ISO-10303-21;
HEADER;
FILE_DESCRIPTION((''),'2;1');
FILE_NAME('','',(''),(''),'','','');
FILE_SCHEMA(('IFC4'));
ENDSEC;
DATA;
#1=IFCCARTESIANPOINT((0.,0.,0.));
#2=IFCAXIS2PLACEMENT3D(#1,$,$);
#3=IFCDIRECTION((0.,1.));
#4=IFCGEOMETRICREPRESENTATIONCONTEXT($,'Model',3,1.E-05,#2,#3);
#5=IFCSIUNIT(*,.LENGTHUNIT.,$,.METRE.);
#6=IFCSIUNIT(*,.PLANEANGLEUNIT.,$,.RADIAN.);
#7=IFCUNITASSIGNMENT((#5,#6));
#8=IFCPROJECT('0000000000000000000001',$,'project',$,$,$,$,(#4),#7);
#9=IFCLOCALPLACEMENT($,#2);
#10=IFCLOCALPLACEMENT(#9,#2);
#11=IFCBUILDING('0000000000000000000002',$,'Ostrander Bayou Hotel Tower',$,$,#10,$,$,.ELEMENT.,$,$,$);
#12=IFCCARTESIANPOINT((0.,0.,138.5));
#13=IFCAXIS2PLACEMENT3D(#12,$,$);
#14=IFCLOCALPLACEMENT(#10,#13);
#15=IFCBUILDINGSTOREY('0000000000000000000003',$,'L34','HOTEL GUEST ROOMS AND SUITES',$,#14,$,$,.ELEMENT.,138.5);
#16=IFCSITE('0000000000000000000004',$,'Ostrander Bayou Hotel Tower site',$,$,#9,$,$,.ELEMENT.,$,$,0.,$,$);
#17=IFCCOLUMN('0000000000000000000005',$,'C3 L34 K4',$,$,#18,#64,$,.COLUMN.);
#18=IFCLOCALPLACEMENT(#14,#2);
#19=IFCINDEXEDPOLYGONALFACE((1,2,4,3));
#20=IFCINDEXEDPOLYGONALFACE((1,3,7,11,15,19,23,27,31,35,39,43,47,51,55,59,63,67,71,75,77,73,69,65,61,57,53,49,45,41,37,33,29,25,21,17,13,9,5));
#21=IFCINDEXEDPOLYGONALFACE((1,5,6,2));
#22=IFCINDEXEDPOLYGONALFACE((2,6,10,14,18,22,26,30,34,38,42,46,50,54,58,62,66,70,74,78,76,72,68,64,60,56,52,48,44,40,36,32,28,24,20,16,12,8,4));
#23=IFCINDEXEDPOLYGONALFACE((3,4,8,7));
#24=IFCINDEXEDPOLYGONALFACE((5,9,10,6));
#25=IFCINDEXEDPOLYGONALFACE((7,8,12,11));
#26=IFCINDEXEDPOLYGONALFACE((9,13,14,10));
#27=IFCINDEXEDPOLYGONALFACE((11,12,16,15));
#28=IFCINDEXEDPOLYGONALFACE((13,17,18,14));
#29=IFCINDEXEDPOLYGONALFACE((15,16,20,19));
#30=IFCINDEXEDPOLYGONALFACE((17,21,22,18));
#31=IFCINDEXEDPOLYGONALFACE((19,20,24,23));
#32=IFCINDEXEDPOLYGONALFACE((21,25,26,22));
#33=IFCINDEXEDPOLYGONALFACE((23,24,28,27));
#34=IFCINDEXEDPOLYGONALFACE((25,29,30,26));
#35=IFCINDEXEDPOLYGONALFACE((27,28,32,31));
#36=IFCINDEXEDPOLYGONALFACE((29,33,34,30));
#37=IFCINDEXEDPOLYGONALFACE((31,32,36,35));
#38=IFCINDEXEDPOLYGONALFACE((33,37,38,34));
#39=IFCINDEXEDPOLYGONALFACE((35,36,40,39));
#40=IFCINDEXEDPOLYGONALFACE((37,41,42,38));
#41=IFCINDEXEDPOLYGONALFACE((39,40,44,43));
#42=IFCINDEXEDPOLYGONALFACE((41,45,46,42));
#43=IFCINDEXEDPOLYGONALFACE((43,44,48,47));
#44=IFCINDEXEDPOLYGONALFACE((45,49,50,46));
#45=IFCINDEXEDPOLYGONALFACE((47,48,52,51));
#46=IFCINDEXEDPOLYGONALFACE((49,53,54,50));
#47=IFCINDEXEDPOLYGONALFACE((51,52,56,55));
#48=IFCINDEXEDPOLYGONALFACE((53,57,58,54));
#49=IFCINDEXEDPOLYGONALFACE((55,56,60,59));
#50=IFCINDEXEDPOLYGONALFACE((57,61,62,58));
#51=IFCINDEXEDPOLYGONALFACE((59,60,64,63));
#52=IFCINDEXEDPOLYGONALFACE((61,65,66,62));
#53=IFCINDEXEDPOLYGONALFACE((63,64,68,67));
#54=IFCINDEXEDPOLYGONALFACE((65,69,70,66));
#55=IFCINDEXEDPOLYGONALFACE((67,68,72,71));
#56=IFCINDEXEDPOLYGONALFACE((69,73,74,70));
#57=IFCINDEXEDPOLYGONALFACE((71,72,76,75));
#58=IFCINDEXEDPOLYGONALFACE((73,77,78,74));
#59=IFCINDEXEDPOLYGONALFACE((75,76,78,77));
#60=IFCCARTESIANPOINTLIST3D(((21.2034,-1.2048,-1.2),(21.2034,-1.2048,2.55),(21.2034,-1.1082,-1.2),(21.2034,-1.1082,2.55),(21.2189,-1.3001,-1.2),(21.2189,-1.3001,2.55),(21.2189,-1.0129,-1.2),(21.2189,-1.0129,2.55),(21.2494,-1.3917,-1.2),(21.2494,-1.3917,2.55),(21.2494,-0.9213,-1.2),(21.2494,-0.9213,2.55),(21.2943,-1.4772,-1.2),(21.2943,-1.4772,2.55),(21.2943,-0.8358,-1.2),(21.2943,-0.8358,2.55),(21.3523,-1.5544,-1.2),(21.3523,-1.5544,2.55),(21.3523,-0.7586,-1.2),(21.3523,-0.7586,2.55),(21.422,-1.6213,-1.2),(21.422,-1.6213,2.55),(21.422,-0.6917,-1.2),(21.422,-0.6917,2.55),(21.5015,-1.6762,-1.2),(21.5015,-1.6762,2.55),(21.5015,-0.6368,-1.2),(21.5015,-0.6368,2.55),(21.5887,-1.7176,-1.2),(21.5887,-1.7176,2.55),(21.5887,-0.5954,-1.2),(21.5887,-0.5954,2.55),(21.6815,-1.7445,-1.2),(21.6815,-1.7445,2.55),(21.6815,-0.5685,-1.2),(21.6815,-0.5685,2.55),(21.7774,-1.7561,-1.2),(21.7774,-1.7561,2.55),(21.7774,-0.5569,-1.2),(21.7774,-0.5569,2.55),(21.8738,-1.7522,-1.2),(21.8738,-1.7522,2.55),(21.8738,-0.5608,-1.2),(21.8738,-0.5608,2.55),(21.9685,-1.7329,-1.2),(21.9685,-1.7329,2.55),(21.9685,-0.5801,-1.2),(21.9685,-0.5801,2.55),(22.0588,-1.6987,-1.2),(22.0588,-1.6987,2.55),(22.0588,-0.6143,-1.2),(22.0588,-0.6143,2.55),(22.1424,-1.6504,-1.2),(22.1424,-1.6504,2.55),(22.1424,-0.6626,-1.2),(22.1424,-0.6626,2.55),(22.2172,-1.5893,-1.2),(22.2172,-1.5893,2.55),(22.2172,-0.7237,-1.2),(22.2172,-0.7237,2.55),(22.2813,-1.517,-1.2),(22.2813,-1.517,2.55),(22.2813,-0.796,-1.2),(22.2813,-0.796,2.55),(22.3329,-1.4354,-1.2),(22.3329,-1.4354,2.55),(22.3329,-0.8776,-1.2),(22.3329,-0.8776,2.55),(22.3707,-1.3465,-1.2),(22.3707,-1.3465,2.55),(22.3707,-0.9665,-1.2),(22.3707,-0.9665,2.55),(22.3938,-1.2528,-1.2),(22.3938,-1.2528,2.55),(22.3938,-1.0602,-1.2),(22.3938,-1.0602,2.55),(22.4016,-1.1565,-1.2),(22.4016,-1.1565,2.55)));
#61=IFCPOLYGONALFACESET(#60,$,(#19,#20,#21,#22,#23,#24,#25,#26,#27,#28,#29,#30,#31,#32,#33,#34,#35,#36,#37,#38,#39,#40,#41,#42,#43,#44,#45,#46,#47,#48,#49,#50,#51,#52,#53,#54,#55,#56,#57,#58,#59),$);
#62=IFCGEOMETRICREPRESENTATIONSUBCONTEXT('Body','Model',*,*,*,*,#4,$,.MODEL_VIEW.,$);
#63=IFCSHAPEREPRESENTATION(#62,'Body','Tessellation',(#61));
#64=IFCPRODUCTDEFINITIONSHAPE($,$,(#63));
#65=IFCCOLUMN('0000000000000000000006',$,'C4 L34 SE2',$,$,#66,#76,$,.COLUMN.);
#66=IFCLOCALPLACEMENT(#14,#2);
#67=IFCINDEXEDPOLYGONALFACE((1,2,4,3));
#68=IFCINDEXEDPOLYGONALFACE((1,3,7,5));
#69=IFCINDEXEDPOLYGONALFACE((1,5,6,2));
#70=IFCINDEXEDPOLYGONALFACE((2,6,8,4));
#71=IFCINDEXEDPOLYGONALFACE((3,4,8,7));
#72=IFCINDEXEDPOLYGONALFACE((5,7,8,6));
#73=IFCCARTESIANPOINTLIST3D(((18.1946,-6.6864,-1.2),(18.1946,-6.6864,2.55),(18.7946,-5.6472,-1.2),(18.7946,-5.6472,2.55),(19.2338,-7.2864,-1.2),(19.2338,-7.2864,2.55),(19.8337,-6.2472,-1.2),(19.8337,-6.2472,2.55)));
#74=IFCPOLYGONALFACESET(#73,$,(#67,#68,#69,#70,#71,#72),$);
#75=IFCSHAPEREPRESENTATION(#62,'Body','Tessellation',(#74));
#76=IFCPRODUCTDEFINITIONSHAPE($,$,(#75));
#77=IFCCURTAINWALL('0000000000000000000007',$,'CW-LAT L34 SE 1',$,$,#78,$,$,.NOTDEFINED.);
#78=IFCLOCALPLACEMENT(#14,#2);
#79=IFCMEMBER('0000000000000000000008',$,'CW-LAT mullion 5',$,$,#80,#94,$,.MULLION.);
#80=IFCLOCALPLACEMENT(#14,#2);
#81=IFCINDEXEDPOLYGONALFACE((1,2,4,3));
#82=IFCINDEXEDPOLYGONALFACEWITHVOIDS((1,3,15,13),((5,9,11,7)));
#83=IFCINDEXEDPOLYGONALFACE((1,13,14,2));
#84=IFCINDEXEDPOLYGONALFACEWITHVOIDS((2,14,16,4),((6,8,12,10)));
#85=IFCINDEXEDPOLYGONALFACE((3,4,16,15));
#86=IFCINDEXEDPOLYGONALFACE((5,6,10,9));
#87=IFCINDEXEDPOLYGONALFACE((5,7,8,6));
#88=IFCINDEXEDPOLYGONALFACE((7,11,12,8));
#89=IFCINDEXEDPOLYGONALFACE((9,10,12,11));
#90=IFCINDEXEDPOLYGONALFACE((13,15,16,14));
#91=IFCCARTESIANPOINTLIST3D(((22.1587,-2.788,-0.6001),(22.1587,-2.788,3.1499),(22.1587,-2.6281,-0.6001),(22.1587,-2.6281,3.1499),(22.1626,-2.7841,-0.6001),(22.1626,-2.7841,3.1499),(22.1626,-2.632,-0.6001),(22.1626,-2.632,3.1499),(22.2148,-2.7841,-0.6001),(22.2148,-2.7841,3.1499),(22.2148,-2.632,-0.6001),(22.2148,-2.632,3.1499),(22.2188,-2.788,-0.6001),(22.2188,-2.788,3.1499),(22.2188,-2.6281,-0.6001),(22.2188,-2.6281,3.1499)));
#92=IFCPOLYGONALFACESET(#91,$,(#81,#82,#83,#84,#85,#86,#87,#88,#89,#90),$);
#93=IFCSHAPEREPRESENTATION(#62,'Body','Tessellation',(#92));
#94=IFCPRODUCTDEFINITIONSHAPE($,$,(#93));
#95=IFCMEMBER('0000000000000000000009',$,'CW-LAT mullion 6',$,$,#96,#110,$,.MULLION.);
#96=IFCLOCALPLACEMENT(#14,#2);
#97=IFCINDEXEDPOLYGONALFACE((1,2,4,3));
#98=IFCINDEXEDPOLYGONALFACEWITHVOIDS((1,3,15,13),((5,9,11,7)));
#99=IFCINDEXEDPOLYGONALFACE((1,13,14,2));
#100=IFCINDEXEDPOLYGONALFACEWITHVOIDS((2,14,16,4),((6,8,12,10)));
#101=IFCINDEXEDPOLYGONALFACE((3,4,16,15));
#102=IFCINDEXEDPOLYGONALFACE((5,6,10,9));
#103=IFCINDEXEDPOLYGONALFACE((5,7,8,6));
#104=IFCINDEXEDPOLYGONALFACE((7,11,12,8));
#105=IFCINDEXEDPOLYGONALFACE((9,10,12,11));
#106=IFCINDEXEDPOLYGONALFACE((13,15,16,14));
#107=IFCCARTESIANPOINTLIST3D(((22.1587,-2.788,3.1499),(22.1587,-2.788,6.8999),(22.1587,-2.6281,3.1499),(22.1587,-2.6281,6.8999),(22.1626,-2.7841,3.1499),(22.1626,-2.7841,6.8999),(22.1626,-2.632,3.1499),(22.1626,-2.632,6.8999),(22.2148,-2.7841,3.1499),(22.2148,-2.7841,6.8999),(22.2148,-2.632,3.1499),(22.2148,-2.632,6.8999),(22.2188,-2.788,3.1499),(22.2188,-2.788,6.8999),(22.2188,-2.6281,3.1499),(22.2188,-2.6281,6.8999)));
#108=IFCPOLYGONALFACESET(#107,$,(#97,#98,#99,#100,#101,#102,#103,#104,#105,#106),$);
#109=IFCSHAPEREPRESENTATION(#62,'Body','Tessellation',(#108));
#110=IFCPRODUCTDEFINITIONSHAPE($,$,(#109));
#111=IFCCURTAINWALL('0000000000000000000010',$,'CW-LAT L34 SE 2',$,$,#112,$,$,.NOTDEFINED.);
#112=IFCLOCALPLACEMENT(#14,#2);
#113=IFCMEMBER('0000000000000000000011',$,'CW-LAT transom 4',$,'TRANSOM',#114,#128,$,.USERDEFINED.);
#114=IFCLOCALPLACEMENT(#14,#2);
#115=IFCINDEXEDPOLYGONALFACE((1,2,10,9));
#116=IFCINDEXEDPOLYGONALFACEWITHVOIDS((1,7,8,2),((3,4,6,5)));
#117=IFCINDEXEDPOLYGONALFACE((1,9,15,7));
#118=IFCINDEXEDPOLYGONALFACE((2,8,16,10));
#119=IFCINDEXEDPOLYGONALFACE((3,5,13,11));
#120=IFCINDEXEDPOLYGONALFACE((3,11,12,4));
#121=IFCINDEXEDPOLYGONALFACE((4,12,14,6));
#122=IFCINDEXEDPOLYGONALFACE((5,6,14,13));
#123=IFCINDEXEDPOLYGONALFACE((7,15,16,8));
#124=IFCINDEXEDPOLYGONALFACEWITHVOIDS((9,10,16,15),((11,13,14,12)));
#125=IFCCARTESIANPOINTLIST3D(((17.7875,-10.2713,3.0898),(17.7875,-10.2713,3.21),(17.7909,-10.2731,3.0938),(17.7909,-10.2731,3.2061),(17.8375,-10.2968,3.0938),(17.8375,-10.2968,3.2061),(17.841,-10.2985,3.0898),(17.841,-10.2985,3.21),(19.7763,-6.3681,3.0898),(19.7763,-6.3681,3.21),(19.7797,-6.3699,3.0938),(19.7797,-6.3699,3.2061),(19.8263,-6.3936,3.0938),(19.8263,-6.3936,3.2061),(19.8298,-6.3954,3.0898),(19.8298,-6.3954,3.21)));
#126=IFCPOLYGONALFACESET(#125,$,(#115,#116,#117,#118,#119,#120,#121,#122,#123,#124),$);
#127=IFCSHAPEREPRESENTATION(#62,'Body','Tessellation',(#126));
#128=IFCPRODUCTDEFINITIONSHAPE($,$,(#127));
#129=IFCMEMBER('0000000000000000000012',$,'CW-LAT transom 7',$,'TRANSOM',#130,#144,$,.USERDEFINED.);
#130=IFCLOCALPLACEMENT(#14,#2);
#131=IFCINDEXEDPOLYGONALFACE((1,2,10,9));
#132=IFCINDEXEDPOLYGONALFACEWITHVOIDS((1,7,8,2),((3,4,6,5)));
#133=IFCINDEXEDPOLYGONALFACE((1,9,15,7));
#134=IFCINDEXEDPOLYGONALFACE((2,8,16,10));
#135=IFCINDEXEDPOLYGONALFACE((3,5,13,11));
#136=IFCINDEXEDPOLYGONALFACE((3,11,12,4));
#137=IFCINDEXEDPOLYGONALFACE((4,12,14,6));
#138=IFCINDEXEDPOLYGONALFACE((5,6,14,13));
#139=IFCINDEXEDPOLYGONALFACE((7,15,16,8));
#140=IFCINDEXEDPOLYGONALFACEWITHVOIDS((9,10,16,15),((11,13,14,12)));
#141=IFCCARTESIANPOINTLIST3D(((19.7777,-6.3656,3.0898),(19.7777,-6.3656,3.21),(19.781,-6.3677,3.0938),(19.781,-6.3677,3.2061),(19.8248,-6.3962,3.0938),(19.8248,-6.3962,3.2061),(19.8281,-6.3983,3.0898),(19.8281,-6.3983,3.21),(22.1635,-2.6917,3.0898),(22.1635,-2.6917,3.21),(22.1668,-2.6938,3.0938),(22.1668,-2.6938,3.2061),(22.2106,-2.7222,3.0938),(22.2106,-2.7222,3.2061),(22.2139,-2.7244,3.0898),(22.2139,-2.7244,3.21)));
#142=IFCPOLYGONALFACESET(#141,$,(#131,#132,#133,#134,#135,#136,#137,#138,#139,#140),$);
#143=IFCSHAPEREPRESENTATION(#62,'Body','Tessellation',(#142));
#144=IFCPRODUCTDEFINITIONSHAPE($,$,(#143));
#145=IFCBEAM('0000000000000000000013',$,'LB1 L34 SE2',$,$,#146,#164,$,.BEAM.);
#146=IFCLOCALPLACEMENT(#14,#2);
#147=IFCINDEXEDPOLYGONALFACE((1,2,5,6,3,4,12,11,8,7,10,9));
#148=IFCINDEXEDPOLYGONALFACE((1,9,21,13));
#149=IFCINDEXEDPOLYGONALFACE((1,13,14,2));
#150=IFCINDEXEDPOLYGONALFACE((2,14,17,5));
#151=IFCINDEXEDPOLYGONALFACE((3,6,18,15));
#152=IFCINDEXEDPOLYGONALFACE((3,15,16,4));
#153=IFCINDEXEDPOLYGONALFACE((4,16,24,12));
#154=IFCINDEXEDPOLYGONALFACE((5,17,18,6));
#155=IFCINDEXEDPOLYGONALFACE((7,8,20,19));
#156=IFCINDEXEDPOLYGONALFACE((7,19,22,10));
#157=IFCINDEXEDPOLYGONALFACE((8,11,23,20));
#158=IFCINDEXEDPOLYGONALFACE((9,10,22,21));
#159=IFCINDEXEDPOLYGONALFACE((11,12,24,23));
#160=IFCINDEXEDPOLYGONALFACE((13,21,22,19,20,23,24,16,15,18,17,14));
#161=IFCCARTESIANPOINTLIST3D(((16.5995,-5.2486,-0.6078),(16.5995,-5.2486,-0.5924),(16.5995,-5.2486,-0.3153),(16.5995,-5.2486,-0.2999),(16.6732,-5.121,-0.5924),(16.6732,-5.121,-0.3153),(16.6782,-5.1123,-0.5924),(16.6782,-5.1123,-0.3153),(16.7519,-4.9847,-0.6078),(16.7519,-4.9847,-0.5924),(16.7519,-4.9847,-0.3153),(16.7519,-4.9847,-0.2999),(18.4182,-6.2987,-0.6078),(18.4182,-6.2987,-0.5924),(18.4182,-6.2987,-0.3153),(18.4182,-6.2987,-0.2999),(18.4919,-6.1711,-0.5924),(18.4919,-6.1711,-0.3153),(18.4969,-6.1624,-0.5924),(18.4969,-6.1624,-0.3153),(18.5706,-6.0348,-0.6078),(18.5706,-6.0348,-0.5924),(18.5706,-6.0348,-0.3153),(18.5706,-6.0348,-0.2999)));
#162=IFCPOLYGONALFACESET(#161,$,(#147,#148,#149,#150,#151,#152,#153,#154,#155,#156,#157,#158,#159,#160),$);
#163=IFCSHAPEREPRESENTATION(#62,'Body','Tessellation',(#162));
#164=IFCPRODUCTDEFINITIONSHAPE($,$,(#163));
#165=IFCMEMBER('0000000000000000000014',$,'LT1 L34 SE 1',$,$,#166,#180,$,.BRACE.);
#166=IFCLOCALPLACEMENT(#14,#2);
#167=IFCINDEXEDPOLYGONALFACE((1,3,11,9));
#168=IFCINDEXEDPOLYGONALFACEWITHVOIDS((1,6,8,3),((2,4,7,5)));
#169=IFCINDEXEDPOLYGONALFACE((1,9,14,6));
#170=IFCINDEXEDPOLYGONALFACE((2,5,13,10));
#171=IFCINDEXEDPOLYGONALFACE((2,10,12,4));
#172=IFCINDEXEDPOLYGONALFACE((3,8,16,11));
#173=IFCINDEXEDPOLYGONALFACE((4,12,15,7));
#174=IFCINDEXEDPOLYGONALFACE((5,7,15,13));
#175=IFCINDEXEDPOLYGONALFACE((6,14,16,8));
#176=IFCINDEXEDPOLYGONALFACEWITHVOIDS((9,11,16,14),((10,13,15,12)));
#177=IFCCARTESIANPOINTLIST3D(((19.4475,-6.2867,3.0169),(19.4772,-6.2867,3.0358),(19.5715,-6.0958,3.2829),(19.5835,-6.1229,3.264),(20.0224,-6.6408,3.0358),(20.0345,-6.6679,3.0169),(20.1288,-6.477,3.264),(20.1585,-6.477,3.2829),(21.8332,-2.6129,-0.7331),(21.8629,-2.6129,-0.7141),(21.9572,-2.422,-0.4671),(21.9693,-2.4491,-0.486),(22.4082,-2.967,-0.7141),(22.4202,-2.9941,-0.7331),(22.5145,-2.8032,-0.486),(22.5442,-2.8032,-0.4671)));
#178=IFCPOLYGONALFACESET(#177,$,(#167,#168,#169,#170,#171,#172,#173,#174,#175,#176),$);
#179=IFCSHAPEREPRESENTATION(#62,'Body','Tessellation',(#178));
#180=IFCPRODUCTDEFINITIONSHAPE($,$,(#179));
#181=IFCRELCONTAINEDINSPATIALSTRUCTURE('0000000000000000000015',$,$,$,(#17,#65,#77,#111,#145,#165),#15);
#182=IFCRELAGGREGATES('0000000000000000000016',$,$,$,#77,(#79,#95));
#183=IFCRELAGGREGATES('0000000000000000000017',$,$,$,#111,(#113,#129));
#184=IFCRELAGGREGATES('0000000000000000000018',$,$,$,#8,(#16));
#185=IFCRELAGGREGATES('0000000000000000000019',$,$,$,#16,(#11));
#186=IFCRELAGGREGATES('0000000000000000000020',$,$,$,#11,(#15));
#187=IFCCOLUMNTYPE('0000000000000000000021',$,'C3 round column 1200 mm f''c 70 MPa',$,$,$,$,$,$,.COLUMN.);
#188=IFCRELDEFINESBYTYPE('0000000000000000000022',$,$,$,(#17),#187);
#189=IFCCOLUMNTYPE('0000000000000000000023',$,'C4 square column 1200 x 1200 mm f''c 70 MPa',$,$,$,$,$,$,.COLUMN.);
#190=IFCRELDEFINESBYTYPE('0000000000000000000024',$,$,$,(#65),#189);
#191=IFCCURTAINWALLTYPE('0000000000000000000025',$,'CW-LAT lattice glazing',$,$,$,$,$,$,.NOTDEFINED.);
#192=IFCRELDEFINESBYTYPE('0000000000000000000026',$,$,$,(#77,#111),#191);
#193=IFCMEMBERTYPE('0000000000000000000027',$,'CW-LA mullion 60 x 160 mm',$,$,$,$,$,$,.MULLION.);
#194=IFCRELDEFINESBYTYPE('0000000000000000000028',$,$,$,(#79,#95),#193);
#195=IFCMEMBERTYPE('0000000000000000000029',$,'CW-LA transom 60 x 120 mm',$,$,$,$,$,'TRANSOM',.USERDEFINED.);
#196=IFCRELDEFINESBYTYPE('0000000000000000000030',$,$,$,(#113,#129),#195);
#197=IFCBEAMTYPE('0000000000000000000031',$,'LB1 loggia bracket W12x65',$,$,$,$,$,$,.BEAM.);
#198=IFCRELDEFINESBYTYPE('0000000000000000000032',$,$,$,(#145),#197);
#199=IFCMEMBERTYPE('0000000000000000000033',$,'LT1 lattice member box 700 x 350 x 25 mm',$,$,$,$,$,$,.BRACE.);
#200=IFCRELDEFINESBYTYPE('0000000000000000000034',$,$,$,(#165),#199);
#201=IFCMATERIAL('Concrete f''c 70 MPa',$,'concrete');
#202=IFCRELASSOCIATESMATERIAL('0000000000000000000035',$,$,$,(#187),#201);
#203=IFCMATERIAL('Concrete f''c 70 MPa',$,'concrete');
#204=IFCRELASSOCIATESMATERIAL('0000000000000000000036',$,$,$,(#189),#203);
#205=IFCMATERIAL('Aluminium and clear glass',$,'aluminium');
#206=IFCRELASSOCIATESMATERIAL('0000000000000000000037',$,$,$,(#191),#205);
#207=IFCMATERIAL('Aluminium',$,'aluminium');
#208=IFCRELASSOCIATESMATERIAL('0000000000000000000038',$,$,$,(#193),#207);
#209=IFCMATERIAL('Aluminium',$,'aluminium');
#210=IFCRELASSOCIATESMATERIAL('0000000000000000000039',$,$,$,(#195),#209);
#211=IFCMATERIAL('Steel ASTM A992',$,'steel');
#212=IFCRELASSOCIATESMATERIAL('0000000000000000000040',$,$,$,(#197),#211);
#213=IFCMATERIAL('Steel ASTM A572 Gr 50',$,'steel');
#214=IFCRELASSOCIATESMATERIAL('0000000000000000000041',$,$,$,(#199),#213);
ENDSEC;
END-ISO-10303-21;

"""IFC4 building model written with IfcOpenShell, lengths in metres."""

from ifc_helpers import new_model, si_unit, direction, frame, origin, origin_2d, place, context, subcontext, project, spatial, rectangle, hollow_rectangle, circle, i_section, extrude, material, material_profile, profile_set, type_object, element, aggregate, save


model = new_model("IFC4")

# Units and contexts
model_context = context("Model", 3, precision=1e-05, world=origin(), true_north=direction((0.0, 1.0)))
body_context = subcontext(model_context, "Body", "Model", "MODEL_VIEW")
ifc_project = project(units=[si_unit("LENGTHUNIT", "METRE"), si_unit("PLANEANGLEUNIT", "RADIAN")], contexts=[model_context])

# Site, building, storey
site_placement = place(None, origin())
site = spatial("IfcSite", under=ifc_project, at=site_placement, Name="Ostrander Bayou Hotel Tower site", CompositionType="ELEMENT", RefElevation=0.0)
building_placement = place(site_placement, origin())
building = spatial("IfcBuilding", under=site, at=building_placement, Name="Ostrander Bayou Hotel Tower", CompositionType="ELEMENT")
storey_placement = place(building_placement, frame((0.0, 0.0, 138.5)))
storey = spatial("IfcBuildingStorey", under=building, at=storey_placement, Name="L34", Description="HOTEL GUEST ROOMS AND SUITES", CompositionType="ELEMENT", Elevation=138.5)

# Columns
ifc_material_1 = material(Name="Concrete f'c 70 MPa", Category="concrete")
ifc_material_profile_1 = material_profile(ifc_material_1, circle(Radius=0.6001, at=origin_2d()))
ifc_profile_set_1 = profile_set([ifc_material_profile_1], Name="Concrete f'c 70 MPa")
column_type_1 = type_object("IfcColumnType", Name="C3 round column 1200 mm f'c 70 MPa", PredefinedType="COLUMN", material=ifc_profile_set_1)
column_1_placement = place(storey_placement, frame((21.8015, -1.1565, -1.2), z_axis=(0.0, 0.0, 1.0), x_axis=(1.0, 0.0, 0.0)))
element("IfcColumn", 1, at=column_1_placement, inside=storey, type_object=column_type_1, Name="C3 L34 K4", PredefinedType="COLUMN", context=body_context, shape_type="SweptSolid", body=[
    extrude(circle(Radius=0.6001, at=origin_2d()), origin(), (0.0, 0.0, 1.0), 3.75),
])
ifc_material_2 = material(Name="Concrete f'c 70 MPa", Category="concrete")
ifc_material_profile_2 = material_profile(ifc_material_2, rectangle(XDim=1.2, YDim=1.2, at=origin_2d()))
ifc_profile_set_2 = profile_set([ifc_material_profile_2], Name="Concrete f'c 70 MPa")
column_type_2 = type_object("IfcColumnType", Name="C4 square column 1200 x 1200 mm f'c 70 MPa", PredefinedType="COLUMN", material=ifc_profile_set_2)
column_2_placement = place(storey_placement, frame((19.0142, -6.4668, -1.2), z_axis=(0.0, 0.0, 1.0), x_axis=(-0.5, -0.866025, 0.0)))
element("IfcColumn", 2, at=column_2_placement, inside=storey, type_object=column_type_2, Name="C4 L34 SE2", PredefinedType="COLUMN", context=body_context, shape_type="SweptSolid", body=[
    extrude(rectangle(XDim=1.2, YDim=1.2, at=origin_2d()), origin(), (0.0, 0.0, 1.0), 3.75),
])

# Curtain walls, members
ifc_material_3 = material(Name="Aluminium and clear glass", Category="aluminium")
curtain_wall_type = type_object("IfcCurtainWallType", Name="CW-LAT lattice glazing", PredefinedType="NOTDEFINED", material=ifc_material_3)
curtain_wall_1_placement = place(storey_placement, origin())
curtain_wall_1 = element("IfcCurtainWall", 3, at=curtain_wall_1_placement, inside=storey, type_object=curtain_wall_type, Name="CW-LAT L34 SE 1", PredefinedType="NOTDEFINED")
ifc_material_4 = material(Name="Aluminium", Category="aluminium")
ifc_material_profile_3 = material_profile(ifc_material_4, hollow_rectangle(XDim=0.0601, YDim=0.1599, WallThickness=0.0039, at=origin_2d()))
ifc_profile_set_3 = profile_set([ifc_material_profile_3], Name="Aluminium")
member_type_1 = type_object("IfcMemberType", Name="CW-LA mullion 60 x 160 mm", PredefinedType="MULLION", material=ifc_profile_set_3)
member_1_placement = place(storey_placement, frame((22.1887, -2.708, -0.6001), z_axis=(0.0, 0.0, 1.0), x_axis=(1.0, 0.0, 0.0)))
member_1 = element("IfcMember", 4, at=member_1_placement, type_object=member_type_1, Name="CW-LAT mullion 5", PredefinedType="MULLION", context=body_context, shape_type="SweptSolid", body=[
    extrude(hollow_rectangle(XDim=0.0601, YDim=0.1599, WallThickness=0.0039, at=origin_2d()), origin(), (0.0, 0.0, 1.0), 3.75),
])
member_2_placement = place(storey_placement, frame((22.1887, -2.708, 3.1499), z_axis=(0.0, 0.0, 1.0), x_axis=(1.0, 0.0, 0.0)))
member_2 = element("IfcMember", 5, at=member_2_placement, type_object=member_type_1, Name="CW-LAT mullion 6", PredefinedType="MULLION", context=body_context, shape_type="SweptSolid", body=[
    extrude(hollow_rectangle(XDim=0.0601, YDim=0.1599, WallThickness=0.0039, at=origin_2d()), origin(), (0.0, 0.0, 1.0), 3.75),
])
curtain_wall_2_placement = place(storey_placement, origin())
curtain_wall_2 = element("IfcCurtainWall", 6, at=curtain_wall_2_placement, inside=storey, type_object=curtain_wall_type, Name="CW-LAT L34 SE 2", PredefinedType="NOTDEFINED")
ifc_material_5 = material(Name="Aluminium", Category="aluminium")
ifc_material_profile_4 = material_profile(ifc_material_5, hollow_rectangle(XDim=0.0601, YDim=0.1201, WallThickness=0.0039, at=origin_2d()))
ifc_profile_set_4 = profile_set([ifc_material_profile_4], Name="Aluminium")
member_type_2 = type_object("IfcMemberType", Name="CW-LA transom 60 x 120 mm", ElementType="TRANSOM", PredefinedType="USERDEFINED", material=ifc_profile_set_4)
member_3_placement = place(storey_placement, frame((17.8142, -10.2849, 3.1499), z_axis=(0.454, 0.891002, 0.0), x_axis=(-0.891002, 0.454, 0.0)))
member_3 = element("IfcMember", 7, at=member_3_placement, type_object=member_type_2, Name="CW-LAT transom 4", ObjectType="TRANSOM", PredefinedType="USERDEFINED", context=body_context, shape_type="SweptSolid", body=[
    extrude(hollow_rectangle(XDim=0.0601, YDim=0.1201, WallThickness=0.0039, at=origin_2d()), origin(), (0.0, 0.0, 1.0), 4.3806),
])
member_4_placement = place(storey_placement, frame((22.1887, -2.708, 3.1499), z_axis=(-0.544628, -0.838678, 0.0), x_axis=(0.838678, -0.544628, 0.0)))
member_4 = element("IfcMember", 8, at=member_4_placement, type_object=member_type_2, Name="CW-LAT transom 7", ObjectType="TRANSOM", PredefinedType="USERDEFINED", context=body_context, shape_type="SweptSolid", body=[
    extrude(hollow_rectangle(XDim=0.0601, YDim=0.1201, WallThickness=0.0039, at=origin_2d()), origin(), (0.0, 0.0, 1.0), 4.3806),
])

# Beam
ifc_material_6 = material(Name="Steel ASTM A992", Category="steel")
ifc_material_profile_5 = material_profile(ifc_material_6, i_section(OverallWidth=0.3047, OverallDepth=0.3079, WebThickness=0.01, FlangeThickness=0.0154, at=origin_2d()))
ifc_profile_set_5 = profile_set([ifc_material_profile_5], Name="Steel ASTM A992")
beam_type_1 = type_object("IfcBeamType", Name="LB1 loggia bracket W12x65", PredefinedType="BEAM", material=ifc_profile_set_5)
beam_1_placement = place(storey_placement, frame((18.4944, -6.1667, -0.4539), z_axis=(-0.866009, 0.500028, 0.0), x_axis=(-0.500028, -0.866009, 0.0)))
element("IfcBeam", 9, at=beam_1_placement, inside=storey, type_object=beam_type_1, Name="LB1 L34 SE2", PredefinedType="BEAM", context=body_context, shape_type="SweptSolid", body=[
    extrude(i_section(OverallWidth=0.3047, OverallDepth=0.3079, WebThickness=0.01, FlangeThickness=0.0154, at=origin_2d()), origin(), (0.0, 0.0, 1.0), 2.1001),
])

# Member
ifc_material_7 = material(Name="Steel ASTM A572 Gr 50", Category="steel")
ifc_material_profile_6 = material_profile(ifc_material_7, hollow_rectangle(XDim=0.7, YDim=0.3501, WallThickness=0.0249, at=origin_2d()))
ifc_profile_set_6 = profile_set([ifc_material_profile_6], Name="Steel ASTM A572 Gr 50")
member_type_3 = type_object("IfcMemberType", Name="LT1 lattice member box 700 x 350 x 25 mm", PredefinedType="BRACE", material=ifc_profile_set_6)
for number, where, z_axis, x_axis, name in (
    (10, (19.803, -6.3818, 3.1499), (0.413732, 0.63711, -0.65032), (-0.838678, 0.544628, 0.0), "LT1 L34 SE 1"),
):
    element("IfcMember", number, at=place(storey_placement, frame(where, z_axis=z_axis, x_axis=x_axis)), inside=storey, type_object=member_type_3, Name=name, PredefinedType="BRACE", context=body_context, shape_type="SweptSolid", body=[
        extrude(hollow_rectangle(XDim=0.7, YDim=0.3501, WallThickness=0.0249, at=origin_2d()), origin(), (0.0, 0.0, 1.0), 5.7664),
    ])

aggregate(curtain_wall_1, [member_1, member_2])
aggregate(curtain_wall_2, [member_3, member_4])

save(model, "model.ifc")
